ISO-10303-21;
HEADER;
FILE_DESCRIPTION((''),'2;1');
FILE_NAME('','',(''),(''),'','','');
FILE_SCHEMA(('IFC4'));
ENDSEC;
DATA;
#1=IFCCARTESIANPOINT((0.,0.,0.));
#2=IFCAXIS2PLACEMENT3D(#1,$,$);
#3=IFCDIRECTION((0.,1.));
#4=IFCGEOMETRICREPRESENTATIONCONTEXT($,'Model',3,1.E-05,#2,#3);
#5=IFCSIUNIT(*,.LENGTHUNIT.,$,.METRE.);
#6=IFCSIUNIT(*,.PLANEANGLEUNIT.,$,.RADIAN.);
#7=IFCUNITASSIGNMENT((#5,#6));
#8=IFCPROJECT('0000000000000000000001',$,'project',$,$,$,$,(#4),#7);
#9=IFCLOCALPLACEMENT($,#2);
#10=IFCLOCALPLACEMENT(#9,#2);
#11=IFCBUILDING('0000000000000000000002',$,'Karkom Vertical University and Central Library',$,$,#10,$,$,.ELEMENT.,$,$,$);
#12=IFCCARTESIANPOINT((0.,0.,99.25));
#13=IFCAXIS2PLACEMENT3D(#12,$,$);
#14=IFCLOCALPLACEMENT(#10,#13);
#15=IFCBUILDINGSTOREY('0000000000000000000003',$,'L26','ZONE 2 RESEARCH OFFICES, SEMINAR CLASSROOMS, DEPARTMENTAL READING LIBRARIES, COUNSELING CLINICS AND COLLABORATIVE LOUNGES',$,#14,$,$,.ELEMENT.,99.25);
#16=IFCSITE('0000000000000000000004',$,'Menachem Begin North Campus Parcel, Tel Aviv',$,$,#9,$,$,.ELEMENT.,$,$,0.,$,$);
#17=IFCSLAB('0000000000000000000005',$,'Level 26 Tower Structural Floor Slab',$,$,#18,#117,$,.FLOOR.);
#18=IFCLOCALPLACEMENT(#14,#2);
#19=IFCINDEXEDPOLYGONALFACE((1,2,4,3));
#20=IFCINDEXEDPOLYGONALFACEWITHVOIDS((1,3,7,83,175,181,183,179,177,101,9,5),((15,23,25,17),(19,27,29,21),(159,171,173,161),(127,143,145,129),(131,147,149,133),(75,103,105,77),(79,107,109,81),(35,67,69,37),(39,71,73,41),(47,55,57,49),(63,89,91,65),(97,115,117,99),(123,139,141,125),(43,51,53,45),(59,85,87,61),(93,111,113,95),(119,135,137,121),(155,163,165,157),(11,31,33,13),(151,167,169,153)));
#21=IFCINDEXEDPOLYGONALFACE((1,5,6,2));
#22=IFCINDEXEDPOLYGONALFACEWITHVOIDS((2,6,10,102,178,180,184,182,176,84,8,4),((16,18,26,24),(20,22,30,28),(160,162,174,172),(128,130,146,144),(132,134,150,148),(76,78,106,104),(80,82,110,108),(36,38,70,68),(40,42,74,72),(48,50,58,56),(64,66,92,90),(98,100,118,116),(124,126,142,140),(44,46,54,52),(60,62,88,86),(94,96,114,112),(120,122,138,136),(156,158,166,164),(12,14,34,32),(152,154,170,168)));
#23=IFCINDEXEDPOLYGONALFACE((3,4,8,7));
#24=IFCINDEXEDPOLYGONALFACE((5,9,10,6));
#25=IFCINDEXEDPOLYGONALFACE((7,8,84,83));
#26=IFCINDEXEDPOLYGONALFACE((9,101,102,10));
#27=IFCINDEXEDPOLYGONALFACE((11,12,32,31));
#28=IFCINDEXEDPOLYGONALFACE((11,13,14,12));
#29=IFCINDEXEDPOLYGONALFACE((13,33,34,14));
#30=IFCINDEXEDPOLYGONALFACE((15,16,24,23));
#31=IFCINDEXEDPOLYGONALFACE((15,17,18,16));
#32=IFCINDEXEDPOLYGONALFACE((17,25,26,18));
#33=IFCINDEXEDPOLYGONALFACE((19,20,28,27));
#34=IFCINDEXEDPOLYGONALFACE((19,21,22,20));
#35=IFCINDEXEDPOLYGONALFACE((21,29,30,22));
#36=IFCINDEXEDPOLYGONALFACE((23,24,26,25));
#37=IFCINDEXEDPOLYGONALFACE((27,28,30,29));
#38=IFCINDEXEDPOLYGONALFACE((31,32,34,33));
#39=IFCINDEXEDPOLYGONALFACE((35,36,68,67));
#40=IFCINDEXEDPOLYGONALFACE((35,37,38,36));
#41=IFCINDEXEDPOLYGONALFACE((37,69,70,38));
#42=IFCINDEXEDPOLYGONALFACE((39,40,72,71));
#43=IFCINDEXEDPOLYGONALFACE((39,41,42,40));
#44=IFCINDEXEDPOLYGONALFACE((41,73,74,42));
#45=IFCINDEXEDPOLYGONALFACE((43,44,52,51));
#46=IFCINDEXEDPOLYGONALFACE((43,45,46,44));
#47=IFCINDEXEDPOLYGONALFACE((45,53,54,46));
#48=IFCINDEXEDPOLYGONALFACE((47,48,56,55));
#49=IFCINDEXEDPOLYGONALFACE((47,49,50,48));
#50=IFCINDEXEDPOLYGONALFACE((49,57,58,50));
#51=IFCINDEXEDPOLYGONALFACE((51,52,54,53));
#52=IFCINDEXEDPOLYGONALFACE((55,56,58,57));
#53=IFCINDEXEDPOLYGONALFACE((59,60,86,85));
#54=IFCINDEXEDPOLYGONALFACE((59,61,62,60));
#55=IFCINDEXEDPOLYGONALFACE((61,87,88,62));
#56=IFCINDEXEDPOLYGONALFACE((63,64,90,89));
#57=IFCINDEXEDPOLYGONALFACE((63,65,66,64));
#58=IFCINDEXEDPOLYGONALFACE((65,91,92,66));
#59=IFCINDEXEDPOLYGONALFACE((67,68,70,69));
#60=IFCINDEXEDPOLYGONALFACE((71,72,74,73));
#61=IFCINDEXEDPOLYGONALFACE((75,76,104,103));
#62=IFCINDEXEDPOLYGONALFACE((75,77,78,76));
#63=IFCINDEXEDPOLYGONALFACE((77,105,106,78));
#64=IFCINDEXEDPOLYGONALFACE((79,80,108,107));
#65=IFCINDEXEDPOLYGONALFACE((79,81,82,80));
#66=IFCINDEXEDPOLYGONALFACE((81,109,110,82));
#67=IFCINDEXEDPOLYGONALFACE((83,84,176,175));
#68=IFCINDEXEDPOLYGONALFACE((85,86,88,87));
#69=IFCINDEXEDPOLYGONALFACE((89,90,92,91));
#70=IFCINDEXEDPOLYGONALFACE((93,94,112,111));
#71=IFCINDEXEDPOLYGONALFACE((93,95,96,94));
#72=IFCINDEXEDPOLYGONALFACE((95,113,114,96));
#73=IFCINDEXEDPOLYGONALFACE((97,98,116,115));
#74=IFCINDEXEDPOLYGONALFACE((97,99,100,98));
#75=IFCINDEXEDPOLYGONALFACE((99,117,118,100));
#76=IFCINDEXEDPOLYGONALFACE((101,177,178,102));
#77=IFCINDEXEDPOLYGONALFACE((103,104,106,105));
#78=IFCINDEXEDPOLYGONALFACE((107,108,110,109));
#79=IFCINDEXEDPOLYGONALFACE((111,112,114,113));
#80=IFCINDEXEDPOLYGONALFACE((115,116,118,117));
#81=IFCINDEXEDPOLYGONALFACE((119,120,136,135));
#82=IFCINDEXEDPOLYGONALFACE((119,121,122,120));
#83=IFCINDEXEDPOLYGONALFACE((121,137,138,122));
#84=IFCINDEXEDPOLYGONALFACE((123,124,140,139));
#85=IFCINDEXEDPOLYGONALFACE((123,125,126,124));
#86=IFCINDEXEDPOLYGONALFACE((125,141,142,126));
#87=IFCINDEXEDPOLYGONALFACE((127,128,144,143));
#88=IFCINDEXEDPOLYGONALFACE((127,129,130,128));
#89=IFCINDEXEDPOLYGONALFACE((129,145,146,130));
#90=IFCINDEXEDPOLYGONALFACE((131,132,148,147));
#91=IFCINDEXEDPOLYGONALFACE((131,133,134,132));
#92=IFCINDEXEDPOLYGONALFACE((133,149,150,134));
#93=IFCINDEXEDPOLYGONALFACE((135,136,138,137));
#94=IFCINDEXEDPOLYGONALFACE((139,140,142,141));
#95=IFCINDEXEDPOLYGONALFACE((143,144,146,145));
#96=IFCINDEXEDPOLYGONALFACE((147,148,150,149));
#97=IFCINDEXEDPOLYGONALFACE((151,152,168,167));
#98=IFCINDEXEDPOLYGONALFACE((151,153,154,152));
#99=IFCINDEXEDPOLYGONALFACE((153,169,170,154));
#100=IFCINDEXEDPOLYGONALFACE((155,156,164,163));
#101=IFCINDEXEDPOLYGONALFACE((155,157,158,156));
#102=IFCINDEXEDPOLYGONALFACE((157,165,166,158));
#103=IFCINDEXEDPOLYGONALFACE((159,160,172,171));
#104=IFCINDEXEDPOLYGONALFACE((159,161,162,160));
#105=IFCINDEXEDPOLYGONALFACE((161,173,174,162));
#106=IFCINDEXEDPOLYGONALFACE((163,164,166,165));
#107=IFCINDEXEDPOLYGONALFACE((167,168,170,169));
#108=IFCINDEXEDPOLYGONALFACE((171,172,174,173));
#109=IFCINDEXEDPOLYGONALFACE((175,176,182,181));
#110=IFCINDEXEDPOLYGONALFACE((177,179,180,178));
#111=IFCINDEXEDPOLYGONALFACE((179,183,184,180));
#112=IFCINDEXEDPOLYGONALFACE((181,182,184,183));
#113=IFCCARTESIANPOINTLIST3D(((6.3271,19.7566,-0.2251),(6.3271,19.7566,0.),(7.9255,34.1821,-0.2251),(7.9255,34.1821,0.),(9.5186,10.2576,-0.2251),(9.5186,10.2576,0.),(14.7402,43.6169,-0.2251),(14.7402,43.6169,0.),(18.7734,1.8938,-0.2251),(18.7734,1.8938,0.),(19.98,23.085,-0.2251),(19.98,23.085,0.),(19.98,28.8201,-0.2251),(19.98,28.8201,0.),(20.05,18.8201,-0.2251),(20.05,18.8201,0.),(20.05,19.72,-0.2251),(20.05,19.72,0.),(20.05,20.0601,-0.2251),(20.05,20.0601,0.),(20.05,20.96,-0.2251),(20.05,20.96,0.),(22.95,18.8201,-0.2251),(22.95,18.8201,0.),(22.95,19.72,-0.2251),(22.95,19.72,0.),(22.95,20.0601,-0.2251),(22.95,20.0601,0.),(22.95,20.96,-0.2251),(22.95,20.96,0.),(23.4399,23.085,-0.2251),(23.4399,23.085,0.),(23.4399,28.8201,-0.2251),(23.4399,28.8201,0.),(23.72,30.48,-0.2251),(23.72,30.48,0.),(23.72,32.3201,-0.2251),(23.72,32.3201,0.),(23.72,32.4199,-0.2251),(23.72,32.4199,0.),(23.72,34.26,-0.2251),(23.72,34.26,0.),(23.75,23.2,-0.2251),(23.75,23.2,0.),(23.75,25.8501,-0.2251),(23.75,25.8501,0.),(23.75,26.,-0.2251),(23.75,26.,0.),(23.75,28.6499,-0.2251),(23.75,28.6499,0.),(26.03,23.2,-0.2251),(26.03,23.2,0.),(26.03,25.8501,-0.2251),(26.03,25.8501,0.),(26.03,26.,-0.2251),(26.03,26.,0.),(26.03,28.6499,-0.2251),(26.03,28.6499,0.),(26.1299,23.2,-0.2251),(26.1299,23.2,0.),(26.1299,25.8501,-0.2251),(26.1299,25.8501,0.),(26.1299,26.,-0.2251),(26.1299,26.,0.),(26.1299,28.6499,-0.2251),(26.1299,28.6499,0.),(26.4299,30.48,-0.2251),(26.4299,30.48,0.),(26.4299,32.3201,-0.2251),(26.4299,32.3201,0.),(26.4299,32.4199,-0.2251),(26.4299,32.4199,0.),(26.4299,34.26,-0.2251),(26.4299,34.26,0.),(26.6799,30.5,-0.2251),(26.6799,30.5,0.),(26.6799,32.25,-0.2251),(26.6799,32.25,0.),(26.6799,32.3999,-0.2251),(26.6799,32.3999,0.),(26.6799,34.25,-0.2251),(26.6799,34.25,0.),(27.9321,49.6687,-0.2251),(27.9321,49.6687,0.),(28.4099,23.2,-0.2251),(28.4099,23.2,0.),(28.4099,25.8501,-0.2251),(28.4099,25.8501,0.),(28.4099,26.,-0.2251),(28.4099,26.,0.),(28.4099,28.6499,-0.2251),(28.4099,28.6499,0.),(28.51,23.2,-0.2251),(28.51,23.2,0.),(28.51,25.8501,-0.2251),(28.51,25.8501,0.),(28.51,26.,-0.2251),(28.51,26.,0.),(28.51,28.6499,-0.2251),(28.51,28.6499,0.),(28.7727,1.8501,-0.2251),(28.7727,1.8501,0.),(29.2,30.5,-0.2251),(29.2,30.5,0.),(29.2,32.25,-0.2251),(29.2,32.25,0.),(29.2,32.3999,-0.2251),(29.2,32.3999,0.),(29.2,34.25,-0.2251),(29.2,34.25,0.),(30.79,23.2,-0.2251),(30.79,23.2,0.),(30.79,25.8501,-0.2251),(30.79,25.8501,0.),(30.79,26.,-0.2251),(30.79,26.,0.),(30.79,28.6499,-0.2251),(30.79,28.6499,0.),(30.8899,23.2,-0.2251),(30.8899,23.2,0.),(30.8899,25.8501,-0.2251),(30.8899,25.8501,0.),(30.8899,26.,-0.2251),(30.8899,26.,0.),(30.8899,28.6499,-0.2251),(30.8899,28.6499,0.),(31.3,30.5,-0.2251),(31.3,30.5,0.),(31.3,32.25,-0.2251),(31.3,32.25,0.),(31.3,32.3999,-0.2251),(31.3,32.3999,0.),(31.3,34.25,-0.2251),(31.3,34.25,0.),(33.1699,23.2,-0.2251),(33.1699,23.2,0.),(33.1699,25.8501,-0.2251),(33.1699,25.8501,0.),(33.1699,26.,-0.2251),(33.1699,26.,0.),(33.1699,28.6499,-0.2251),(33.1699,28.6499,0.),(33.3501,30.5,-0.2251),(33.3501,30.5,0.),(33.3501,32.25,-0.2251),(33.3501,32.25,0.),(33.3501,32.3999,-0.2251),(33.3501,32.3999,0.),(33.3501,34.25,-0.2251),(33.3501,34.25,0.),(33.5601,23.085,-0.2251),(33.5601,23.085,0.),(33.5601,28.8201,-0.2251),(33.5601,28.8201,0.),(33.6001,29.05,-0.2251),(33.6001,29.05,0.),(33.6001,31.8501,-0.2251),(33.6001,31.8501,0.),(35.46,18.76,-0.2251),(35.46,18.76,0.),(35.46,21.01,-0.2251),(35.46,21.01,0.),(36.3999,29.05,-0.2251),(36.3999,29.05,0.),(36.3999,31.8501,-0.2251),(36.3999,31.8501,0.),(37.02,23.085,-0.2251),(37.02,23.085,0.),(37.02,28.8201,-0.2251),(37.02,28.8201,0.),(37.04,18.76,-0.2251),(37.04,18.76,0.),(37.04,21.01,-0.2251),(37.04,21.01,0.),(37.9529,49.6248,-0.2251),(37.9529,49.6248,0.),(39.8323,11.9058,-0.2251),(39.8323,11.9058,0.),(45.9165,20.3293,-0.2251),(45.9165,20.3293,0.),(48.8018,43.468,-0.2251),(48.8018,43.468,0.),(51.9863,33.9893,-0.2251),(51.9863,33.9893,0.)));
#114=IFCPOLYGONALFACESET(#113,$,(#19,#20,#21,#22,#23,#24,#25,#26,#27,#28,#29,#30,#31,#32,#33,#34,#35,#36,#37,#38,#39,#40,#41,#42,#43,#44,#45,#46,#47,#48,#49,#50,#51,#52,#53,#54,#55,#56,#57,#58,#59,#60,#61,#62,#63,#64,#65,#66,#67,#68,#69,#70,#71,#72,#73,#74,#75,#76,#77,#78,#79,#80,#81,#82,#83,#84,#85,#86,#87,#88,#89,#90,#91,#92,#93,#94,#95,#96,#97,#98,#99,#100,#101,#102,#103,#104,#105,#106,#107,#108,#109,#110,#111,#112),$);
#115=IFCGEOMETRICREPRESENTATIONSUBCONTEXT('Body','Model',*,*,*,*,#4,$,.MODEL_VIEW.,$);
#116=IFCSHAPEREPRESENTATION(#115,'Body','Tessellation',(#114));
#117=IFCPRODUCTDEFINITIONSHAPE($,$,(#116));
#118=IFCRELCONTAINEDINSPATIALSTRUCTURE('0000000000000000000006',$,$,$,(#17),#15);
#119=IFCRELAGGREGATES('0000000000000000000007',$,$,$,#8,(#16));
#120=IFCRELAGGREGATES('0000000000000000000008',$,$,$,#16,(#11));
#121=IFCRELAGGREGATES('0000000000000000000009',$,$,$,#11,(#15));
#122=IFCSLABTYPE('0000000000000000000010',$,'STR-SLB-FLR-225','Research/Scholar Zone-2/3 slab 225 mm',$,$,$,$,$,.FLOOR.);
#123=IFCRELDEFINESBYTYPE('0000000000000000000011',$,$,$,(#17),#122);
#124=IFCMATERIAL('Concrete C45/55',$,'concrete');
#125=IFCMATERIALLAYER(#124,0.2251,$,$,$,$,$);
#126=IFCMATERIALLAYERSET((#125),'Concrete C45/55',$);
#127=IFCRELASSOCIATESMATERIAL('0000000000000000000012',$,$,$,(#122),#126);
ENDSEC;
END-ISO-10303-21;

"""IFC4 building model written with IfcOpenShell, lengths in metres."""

from ifc_helpers import new_model, si_unit, direction, frame, origin, place, context, subcontext, project, spatial, polyline, outline, extrude, material, layer, layer_set, type_object, element, save


model = new_model("IFC4")

# Units and contexts
model_context = context("Model", 3, precision=1e-05, world=origin(), true_north=direction((0.0, 1.0)))
body_context = subcontext(model_context, "Body", "Model", "MODEL_VIEW")
ifc_project = project(units=[si_unit("LENGTHUNIT", "METRE"), si_unit("PLANEANGLEUNIT", "RADIAN")], contexts=[model_context])

# Site, building, storey
site_placement = place(None, origin())
site = spatial("IfcSite", under=ifc_project, at=site_placement, Name="Menachem Begin North Campus Parcel, Tel Aviv", CompositionType="ELEMENT", RefElevation=0.0)
building_placement = place(site_placement, origin())
building = spatial("IfcBuilding", under=site, at=building_placement, Name="Karkom Vertical University and Central Library", CompositionType="ELEMENT")
storey_placement = place(building_placement, frame((0.0, 0.0, 99.25)))
storey = spatial("IfcBuildingStorey", under=building, at=storey_placement, Name="L26", Description="ZONE 2 RESEARCH OFFICES, SEMINAR CLASSROOMS, DEPARTMENTAL READING LIBRARIES, COUNSELING CLINICS AND COLLABORATIVE LOUNGES", CompositionType="ELEMENT", Elevation=99.25)

# Shared definitions
ifc_material_1 = material(Name="Concrete C45/55", Category="concrete")

# Slab
ifc_layer_1 = layer(ifc_material_1, 0.2251)
ifc_layer_set_1 = layer_set([ifc_layer_1], Name="Concrete C45/55")
slab_type_1 = type_object("IfcSlabType", Name="STR-SLB-FLR-225", Description="Research/Scholar Zone-2/3 slab 225 mm", PredefinedType="FLOOR", material=ifc_layer_set_1)
slab_1_placement = place(storey_placement, frame((0.0, 0.0, -0.2251)))
element("IfcSlab", 1, at=slab_1_placement, inside=storey, type_object=slab_type_1, Name="Level 26 Tower Structural Floor Slab", PredefinedType="FLOOR", context=body_context, shape_type="SweptSolid", body=[
    extrude(outline(polyline([(14.7402, 43.6169), (7.9255, 34.1821), (6.3271, 19.7566), (9.5186, 10.2576), (18.7734, 1.8938), (28.7727, 1.8501), (39.8323, 11.9058), (45.9165, 20.3293), (51.9863, 33.9893), (48.8018, 43.468), (37.9529, 49.6248), (27.9321, 49.6687), (14.7402, 43.6169)]), holes=[polyline([(19.98, 23.085), (23.4399, 23.085), (23.4399, 28.8201), (19.98, 28.8201), (19.98, 23.085)]), polyline([(33.5601, 23.085), (37.02, 23.085), (37.02, 28.8201), (33.5601, 28.8201), (33.5601, 23.085)]), polyline([(23.75, 23.2), (26.03, 23.2), (26.03, 25.8501), (23.75, 25.8501), (23.75, 23.2)]), polyline([(26.1299, 23.2), (28.4099, 23.2), (28.4099, 25.8501), (26.1299, 25.8501), (26.1299, 23.2)]), polyline([(28.51, 23.2), (30.79, 23.2), (30.79, 25.8501), (28.51, 25.8501), (28.51, 23.2)]), polyline([(30.8899, 23.2), (33.1699, 23.2), (33.1699, 25.8501), (30.8899, 25.8501), (30.8899, 23.2)]), polyline([(23.75, 26.0), (26.03, 26.0), (26.03, 28.6499), (23.75, 28.6499), (23.75, 26.0)]), polyline([(26.1299, 26.0), (28.4099, 26.0), (28.4099, 28.6499), (26.1299, 28.6499), (26.1299, 26.0)]), polyline([(28.51, 26.0), (30.79, 26.0), (30.79, 28.6499), (28.51, 28.6499), (28.51, 26.0)]), polyline([(30.8899, 26.0), (33.1699, 26.0), (33.1699, 28.6499), (30.8899, 28.6499), (30.8899, 26.0)]), polyline([(26.6799, 30.5), (29.2, 30.5), (29.2, 32.25), (26.6799, 32.25), (26.6799, 30.5)]), polyline([(26.6799, 32.3999), (29.2, 32.3999), (29.2, 34.25), (26.6799, 34.25), (26.6799, 32.3999)]), polyline([(31.3, 30.5), (33.3501, 30.5), (33.3501, 32.25), (31.3, 32.25), (31.3, 30.5)]), polyline([(31.3, 32.3999), (33.3501, 32.3999), (33.3501, 34.25), (31.3, 34.25), (31.3, 32.3999)]), polyline([(23.72, 30.48), (26.4299, 30.48), (26.4299, 32.3201), (23.72, 32.3201), (23.72, 30.48)]), polyline([(23.72, 32.4199), (26.4299, 32.4199), (26.4299, 34.26), (23.72, 34.26), (23.72, 32.4199)]), polyline([(33.6001, 29.05), (36.3999, 29.05), (36.3999, 31.8501), (33.6001, 31.8501), (33.6001, 29.05)]), polyline([(20.05, 18.8201), (22.95, 18.8201), (22.95, 19.72), (20.05, 19.72), (20.05, 18.8201)]), polyline([(20.05, 20.0601), (22.95, 20.0601), (22.95, 20.96), (20.05, 20.96), (20.05, 20.0601)]), polyline([(35.46, 18.76), (37.04, 18.76), (37.04, 21.01), (35.46, 21.01), (35.46, 18.76)])]), origin(), (0.0, 0.0, 1.0), 0.2251),
])

save(model, "model.ifc")
